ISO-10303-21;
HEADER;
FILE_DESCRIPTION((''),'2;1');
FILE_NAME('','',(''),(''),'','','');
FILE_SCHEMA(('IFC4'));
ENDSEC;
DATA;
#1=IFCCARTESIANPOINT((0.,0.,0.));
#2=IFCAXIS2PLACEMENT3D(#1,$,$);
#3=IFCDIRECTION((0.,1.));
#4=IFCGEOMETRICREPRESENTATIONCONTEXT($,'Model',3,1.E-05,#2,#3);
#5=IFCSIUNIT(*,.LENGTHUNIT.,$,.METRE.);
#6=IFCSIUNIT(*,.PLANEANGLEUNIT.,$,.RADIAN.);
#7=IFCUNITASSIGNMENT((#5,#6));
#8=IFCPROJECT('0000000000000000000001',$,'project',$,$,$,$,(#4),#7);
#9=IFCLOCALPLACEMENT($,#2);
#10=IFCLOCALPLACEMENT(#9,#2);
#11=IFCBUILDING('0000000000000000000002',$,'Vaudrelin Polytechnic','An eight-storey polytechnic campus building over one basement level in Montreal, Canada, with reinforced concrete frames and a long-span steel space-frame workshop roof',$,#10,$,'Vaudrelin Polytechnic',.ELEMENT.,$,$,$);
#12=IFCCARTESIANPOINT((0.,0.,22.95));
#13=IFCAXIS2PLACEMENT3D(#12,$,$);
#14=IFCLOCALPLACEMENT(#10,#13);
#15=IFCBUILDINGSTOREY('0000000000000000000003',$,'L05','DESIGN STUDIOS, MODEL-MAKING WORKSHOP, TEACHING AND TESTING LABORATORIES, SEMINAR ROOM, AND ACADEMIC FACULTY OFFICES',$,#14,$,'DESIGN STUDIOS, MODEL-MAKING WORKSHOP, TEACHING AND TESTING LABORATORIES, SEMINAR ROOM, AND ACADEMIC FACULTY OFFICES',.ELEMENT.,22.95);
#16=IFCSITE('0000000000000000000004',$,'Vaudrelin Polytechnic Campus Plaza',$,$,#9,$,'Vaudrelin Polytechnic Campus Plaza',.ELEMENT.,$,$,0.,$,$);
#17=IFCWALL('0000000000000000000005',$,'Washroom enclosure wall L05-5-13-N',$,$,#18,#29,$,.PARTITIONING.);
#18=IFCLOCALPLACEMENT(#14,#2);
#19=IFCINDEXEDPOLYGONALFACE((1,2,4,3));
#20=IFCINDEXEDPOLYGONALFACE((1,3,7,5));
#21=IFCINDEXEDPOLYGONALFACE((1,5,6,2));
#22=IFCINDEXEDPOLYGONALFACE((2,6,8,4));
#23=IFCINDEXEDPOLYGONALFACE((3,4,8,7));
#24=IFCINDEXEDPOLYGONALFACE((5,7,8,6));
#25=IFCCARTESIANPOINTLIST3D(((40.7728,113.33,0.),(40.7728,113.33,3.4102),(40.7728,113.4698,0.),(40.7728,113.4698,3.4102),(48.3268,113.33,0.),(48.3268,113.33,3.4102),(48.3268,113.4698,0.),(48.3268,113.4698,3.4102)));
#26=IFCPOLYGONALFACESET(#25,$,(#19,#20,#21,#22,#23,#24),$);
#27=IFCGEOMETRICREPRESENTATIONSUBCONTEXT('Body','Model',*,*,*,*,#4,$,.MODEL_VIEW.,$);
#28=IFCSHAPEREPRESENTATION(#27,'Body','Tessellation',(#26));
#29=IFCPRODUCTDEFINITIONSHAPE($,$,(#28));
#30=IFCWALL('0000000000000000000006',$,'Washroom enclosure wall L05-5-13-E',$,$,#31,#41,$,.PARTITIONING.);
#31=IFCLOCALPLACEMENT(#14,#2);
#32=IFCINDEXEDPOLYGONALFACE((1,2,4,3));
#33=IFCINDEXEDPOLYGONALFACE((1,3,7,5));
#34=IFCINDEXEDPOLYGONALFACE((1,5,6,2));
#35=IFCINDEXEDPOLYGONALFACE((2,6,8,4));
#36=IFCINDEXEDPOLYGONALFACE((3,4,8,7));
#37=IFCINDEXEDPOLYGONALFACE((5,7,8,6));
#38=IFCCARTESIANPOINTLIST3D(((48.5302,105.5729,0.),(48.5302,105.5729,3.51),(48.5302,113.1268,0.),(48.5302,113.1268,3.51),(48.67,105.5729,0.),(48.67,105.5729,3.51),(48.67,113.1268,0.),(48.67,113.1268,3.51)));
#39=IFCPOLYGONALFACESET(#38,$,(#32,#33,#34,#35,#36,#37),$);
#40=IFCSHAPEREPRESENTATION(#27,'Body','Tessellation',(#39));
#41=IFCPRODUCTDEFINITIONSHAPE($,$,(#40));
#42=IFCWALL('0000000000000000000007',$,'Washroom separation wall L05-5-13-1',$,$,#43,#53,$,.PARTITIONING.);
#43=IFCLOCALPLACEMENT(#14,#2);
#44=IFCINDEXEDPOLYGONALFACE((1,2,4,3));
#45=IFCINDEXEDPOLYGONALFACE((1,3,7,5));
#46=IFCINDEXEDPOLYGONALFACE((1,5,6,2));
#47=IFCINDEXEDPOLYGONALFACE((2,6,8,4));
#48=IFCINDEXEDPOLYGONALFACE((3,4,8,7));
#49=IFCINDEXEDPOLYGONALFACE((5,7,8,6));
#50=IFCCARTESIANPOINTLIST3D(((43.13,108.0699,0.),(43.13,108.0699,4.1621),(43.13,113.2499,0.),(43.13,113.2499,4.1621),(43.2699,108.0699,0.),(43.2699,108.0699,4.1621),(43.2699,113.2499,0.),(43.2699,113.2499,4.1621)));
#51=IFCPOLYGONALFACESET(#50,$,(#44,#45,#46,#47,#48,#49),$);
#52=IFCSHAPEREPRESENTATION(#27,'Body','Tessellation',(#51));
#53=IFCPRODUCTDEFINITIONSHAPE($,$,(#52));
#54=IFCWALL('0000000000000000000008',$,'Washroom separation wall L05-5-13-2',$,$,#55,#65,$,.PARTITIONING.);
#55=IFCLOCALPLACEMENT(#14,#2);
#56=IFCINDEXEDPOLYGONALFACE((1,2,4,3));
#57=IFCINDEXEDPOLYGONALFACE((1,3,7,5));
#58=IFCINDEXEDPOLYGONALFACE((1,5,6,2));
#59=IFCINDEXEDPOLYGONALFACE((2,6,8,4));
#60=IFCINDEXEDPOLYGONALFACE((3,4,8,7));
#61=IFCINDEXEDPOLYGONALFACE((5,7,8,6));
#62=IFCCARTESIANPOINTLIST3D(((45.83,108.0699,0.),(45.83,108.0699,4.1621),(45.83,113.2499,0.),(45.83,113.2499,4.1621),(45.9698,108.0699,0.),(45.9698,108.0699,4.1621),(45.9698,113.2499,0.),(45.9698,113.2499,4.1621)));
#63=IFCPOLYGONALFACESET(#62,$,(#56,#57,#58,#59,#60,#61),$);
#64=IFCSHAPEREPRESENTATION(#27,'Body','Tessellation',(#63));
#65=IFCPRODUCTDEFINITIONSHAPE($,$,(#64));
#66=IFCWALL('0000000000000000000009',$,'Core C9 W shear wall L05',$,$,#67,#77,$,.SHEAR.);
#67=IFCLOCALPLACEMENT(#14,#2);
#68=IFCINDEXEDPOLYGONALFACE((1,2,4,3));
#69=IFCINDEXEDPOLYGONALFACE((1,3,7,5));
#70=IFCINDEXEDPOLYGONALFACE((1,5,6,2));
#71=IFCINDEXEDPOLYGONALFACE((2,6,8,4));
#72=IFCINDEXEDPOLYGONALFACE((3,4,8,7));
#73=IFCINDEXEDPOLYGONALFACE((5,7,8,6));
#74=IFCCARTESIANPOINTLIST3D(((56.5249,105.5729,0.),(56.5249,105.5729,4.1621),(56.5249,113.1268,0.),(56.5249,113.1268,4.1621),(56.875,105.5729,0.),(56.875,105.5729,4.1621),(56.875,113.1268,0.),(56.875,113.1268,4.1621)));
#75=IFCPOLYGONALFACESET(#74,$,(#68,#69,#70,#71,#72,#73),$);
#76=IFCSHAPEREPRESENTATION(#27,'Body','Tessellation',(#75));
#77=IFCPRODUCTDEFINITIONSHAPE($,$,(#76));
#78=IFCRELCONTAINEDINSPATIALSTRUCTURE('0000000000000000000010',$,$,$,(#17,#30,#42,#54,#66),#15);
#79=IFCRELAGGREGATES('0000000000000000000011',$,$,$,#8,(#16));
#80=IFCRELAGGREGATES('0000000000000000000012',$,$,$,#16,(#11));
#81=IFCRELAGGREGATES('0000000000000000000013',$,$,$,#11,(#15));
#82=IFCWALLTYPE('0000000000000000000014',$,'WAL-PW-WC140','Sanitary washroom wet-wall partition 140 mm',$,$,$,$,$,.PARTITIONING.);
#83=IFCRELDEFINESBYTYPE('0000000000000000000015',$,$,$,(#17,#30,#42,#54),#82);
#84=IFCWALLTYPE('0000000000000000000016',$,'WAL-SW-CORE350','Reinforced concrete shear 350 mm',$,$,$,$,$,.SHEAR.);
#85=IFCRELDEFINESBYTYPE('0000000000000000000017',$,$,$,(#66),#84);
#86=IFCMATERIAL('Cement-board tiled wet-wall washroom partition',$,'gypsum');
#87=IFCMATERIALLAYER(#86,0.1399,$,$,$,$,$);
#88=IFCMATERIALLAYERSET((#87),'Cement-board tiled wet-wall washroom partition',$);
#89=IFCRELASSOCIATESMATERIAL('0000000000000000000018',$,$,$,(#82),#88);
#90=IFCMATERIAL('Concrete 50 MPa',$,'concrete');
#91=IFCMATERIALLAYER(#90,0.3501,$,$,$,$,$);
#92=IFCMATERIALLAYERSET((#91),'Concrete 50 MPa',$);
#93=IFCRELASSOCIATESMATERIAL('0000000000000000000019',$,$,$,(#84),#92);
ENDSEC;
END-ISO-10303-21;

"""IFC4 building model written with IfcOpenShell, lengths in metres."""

from ifc_helpers import new_model, si_unit, direction, frame, frame_2d, origin, place, context, subcontext, project, spatial, rectangle, extrude, material, layer, layer_set, type_object, element, save


model = new_model("IFC4")

# Units and contexts
model_context = context("Model", 3, precision=1e-05, world=origin(), true_north=direction((0.0, 1.0)))
body_context = subcontext(model_context, "Body", "Model", "MODEL_VIEW")
ifc_project = project(units=[si_unit("LENGTHUNIT", "METRE"), si_unit("PLANEANGLEUNIT", "RADIAN")], contexts=[model_context])

# Site, building, storey
site_placement = place(None, origin())
site = spatial("IfcSite", under=ifc_project, at=site_placement, Name="Vaudrelin Polytechnic Campus Plaza", LongName="Vaudrelin Polytechnic Campus Plaza", CompositionType="ELEMENT", RefElevation=0.0)
building_placement = place(site_placement, origin())
building = spatial("IfcBuilding", under=site, at=building_placement, Name="Vaudrelin Polytechnic", Description="An eight-storey polytechnic campus building over one basement level in Montreal, Canada, with reinforced concrete frames and a long-span steel space-frame workshop roof", LongName="Vaudrelin Polytechnic", CompositionType="ELEMENT")
storey_placement = place(building_placement, frame((0.0, 0.0, 22.95)))
storey = spatial("IfcBuildingStorey", under=building, at=storey_placement, Name="L05", Description="DESIGN STUDIOS, MODEL-MAKING WORKSHOP, TEACHING AND TESTING LABORATORIES, SEMINAR ROOM, AND ACADEMIC FACULTY OFFICES", LongName="DESIGN STUDIOS, MODEL-MAKING WORKSHOP, TEACHING AND TESTING LABORATORIES, SEMINAR ROOM, AND ACADEMIC FACULTY OFFICES", CompositionType="ELEMENT", Elevation=22.95)

# Shared definitions
ifc_material_1 = material(Name="Concrete 50 MPa", Category="concrete")

# Walls
ifc_material_2 = material(Name="Cement-board tiled wet-wall washroom partition", Category="gypsum")
ifc_layer_1 = layer(ifc_material_2, 0.1399)
ifc_layer_set_1 = layer_set([ifc_layer_1], Name="Cement-board tiled wet-wall washroom partition")
wall_type_1 = type_object("IfcWallType", Name="WAL-PW-WC140", Description="Sanitary washroom wet-wall partition 140 mm", PredefinedType="PARTITIONING", material=ifc_layer_set_1)
wall_1_placement = place(storey_placement, frame((40.7729, 113.3999, 0.0), z_axis=(0.0, 0.0, 1.0), x_axis=(1.0, 0.0, 0.0)))
element("IfcWall", 1, at=wall_1_placement, inside=storey, type_object=wall_type_1, Name="Washroom enclosure wall L05-5-13-N", PredefinedType="PARTITIONING", context=body_context, shape_type="SweptSolid", body=[
    extrude(rectangle(XDim=7.554, YDim=0.1399, at=frame_2d((3.7769, 0.0))), origin(), (0.0, 0.0, 1.0), 3.4102),
])
wall_2_placement = place(storey_placement, frame((48.6001, 105.573, 0.0), z_axis=(0.0, 0.0, 1.0), x_axis=(0.0, 1.0, 0.0)))
element("IfcWall", 2, at=wall_2_placement, inside=storey, type_object=wall_type_1, Name="Washroom enclosure wall L05-5-13-E", PredefinedType="PARTITIONING", context=body_context, shape_type="SweptSolid", body=[
    extrude(rectangle(XDim=7.554, YDim=0.1399, at=frame_2d((3.7769, 0.0))), origin(), (0.0, 0.0, 1.0), 3.51),
])
for number, where, z_axis, x_axis, name in (
    (3, (43.2, 108.0701, 0.0), (0.0, 0.0, 1.0), (0.0, 1.0, 0.0), "Washroom separation wall L05-5-13-1"),
    (4, (45.8999, 108.0701, 0.0), (0.0, 0.0, 1.0), (0.0, 1.0, 0.0), "Washroom separation wall L05-5-13-2"),
):
    element("IfcWall", number, at=place(storey_placement, frame(where, z_axis=z_axis, x_axis=x_axis)), inside=storey, type_object=wall_type_1, Name=name, PredefinedType="PARTITIONING", context=body_context, shape_type="SweptSolid", body=[
        extrude(rectangle(XDim=5.1799, YDim=0.1399, at=frame_2d((2.5898, 0.0))), origin(), (0.0, 0.0, 1.0), 4.1621),
    ])
ifc_layer_2 = layer(ifc_material_1, 0.3501)
ifc_layer_set_2 = layer_set([ifc_layer_2], Name="Concrete 50 MPa")
wall_type_2 = type_object("IfcWallType", Name="WAL-SW-CORE350", Description="Reinforced concrete shear 350 mm", PredefinedType="SHEAR", material=ifc_layer_set_2)
wall_3_placement = place(storey_placement, frame((56.7, 105.573, 0.0), z_axis=(0.0, 0.0, 1.0), x_axis=(0.0, 1.0, 0.0)))
element("IfcWall", 5, at=wall_3_placement, inside=storey, type_object=wall_type_2, Name="Core C9 W shear wall L05", PredefinedType="SHEAR", context=body_context, shape_type="SweptSolid", body=[
    extrude(rectangle(XDim=7.554, YDim=0.3501, at=frame_2d((3.7769, 0.0))), origin(), (0.0, 0.0, 1.0), 4.1621),
])

save(model, "model.ifc")
